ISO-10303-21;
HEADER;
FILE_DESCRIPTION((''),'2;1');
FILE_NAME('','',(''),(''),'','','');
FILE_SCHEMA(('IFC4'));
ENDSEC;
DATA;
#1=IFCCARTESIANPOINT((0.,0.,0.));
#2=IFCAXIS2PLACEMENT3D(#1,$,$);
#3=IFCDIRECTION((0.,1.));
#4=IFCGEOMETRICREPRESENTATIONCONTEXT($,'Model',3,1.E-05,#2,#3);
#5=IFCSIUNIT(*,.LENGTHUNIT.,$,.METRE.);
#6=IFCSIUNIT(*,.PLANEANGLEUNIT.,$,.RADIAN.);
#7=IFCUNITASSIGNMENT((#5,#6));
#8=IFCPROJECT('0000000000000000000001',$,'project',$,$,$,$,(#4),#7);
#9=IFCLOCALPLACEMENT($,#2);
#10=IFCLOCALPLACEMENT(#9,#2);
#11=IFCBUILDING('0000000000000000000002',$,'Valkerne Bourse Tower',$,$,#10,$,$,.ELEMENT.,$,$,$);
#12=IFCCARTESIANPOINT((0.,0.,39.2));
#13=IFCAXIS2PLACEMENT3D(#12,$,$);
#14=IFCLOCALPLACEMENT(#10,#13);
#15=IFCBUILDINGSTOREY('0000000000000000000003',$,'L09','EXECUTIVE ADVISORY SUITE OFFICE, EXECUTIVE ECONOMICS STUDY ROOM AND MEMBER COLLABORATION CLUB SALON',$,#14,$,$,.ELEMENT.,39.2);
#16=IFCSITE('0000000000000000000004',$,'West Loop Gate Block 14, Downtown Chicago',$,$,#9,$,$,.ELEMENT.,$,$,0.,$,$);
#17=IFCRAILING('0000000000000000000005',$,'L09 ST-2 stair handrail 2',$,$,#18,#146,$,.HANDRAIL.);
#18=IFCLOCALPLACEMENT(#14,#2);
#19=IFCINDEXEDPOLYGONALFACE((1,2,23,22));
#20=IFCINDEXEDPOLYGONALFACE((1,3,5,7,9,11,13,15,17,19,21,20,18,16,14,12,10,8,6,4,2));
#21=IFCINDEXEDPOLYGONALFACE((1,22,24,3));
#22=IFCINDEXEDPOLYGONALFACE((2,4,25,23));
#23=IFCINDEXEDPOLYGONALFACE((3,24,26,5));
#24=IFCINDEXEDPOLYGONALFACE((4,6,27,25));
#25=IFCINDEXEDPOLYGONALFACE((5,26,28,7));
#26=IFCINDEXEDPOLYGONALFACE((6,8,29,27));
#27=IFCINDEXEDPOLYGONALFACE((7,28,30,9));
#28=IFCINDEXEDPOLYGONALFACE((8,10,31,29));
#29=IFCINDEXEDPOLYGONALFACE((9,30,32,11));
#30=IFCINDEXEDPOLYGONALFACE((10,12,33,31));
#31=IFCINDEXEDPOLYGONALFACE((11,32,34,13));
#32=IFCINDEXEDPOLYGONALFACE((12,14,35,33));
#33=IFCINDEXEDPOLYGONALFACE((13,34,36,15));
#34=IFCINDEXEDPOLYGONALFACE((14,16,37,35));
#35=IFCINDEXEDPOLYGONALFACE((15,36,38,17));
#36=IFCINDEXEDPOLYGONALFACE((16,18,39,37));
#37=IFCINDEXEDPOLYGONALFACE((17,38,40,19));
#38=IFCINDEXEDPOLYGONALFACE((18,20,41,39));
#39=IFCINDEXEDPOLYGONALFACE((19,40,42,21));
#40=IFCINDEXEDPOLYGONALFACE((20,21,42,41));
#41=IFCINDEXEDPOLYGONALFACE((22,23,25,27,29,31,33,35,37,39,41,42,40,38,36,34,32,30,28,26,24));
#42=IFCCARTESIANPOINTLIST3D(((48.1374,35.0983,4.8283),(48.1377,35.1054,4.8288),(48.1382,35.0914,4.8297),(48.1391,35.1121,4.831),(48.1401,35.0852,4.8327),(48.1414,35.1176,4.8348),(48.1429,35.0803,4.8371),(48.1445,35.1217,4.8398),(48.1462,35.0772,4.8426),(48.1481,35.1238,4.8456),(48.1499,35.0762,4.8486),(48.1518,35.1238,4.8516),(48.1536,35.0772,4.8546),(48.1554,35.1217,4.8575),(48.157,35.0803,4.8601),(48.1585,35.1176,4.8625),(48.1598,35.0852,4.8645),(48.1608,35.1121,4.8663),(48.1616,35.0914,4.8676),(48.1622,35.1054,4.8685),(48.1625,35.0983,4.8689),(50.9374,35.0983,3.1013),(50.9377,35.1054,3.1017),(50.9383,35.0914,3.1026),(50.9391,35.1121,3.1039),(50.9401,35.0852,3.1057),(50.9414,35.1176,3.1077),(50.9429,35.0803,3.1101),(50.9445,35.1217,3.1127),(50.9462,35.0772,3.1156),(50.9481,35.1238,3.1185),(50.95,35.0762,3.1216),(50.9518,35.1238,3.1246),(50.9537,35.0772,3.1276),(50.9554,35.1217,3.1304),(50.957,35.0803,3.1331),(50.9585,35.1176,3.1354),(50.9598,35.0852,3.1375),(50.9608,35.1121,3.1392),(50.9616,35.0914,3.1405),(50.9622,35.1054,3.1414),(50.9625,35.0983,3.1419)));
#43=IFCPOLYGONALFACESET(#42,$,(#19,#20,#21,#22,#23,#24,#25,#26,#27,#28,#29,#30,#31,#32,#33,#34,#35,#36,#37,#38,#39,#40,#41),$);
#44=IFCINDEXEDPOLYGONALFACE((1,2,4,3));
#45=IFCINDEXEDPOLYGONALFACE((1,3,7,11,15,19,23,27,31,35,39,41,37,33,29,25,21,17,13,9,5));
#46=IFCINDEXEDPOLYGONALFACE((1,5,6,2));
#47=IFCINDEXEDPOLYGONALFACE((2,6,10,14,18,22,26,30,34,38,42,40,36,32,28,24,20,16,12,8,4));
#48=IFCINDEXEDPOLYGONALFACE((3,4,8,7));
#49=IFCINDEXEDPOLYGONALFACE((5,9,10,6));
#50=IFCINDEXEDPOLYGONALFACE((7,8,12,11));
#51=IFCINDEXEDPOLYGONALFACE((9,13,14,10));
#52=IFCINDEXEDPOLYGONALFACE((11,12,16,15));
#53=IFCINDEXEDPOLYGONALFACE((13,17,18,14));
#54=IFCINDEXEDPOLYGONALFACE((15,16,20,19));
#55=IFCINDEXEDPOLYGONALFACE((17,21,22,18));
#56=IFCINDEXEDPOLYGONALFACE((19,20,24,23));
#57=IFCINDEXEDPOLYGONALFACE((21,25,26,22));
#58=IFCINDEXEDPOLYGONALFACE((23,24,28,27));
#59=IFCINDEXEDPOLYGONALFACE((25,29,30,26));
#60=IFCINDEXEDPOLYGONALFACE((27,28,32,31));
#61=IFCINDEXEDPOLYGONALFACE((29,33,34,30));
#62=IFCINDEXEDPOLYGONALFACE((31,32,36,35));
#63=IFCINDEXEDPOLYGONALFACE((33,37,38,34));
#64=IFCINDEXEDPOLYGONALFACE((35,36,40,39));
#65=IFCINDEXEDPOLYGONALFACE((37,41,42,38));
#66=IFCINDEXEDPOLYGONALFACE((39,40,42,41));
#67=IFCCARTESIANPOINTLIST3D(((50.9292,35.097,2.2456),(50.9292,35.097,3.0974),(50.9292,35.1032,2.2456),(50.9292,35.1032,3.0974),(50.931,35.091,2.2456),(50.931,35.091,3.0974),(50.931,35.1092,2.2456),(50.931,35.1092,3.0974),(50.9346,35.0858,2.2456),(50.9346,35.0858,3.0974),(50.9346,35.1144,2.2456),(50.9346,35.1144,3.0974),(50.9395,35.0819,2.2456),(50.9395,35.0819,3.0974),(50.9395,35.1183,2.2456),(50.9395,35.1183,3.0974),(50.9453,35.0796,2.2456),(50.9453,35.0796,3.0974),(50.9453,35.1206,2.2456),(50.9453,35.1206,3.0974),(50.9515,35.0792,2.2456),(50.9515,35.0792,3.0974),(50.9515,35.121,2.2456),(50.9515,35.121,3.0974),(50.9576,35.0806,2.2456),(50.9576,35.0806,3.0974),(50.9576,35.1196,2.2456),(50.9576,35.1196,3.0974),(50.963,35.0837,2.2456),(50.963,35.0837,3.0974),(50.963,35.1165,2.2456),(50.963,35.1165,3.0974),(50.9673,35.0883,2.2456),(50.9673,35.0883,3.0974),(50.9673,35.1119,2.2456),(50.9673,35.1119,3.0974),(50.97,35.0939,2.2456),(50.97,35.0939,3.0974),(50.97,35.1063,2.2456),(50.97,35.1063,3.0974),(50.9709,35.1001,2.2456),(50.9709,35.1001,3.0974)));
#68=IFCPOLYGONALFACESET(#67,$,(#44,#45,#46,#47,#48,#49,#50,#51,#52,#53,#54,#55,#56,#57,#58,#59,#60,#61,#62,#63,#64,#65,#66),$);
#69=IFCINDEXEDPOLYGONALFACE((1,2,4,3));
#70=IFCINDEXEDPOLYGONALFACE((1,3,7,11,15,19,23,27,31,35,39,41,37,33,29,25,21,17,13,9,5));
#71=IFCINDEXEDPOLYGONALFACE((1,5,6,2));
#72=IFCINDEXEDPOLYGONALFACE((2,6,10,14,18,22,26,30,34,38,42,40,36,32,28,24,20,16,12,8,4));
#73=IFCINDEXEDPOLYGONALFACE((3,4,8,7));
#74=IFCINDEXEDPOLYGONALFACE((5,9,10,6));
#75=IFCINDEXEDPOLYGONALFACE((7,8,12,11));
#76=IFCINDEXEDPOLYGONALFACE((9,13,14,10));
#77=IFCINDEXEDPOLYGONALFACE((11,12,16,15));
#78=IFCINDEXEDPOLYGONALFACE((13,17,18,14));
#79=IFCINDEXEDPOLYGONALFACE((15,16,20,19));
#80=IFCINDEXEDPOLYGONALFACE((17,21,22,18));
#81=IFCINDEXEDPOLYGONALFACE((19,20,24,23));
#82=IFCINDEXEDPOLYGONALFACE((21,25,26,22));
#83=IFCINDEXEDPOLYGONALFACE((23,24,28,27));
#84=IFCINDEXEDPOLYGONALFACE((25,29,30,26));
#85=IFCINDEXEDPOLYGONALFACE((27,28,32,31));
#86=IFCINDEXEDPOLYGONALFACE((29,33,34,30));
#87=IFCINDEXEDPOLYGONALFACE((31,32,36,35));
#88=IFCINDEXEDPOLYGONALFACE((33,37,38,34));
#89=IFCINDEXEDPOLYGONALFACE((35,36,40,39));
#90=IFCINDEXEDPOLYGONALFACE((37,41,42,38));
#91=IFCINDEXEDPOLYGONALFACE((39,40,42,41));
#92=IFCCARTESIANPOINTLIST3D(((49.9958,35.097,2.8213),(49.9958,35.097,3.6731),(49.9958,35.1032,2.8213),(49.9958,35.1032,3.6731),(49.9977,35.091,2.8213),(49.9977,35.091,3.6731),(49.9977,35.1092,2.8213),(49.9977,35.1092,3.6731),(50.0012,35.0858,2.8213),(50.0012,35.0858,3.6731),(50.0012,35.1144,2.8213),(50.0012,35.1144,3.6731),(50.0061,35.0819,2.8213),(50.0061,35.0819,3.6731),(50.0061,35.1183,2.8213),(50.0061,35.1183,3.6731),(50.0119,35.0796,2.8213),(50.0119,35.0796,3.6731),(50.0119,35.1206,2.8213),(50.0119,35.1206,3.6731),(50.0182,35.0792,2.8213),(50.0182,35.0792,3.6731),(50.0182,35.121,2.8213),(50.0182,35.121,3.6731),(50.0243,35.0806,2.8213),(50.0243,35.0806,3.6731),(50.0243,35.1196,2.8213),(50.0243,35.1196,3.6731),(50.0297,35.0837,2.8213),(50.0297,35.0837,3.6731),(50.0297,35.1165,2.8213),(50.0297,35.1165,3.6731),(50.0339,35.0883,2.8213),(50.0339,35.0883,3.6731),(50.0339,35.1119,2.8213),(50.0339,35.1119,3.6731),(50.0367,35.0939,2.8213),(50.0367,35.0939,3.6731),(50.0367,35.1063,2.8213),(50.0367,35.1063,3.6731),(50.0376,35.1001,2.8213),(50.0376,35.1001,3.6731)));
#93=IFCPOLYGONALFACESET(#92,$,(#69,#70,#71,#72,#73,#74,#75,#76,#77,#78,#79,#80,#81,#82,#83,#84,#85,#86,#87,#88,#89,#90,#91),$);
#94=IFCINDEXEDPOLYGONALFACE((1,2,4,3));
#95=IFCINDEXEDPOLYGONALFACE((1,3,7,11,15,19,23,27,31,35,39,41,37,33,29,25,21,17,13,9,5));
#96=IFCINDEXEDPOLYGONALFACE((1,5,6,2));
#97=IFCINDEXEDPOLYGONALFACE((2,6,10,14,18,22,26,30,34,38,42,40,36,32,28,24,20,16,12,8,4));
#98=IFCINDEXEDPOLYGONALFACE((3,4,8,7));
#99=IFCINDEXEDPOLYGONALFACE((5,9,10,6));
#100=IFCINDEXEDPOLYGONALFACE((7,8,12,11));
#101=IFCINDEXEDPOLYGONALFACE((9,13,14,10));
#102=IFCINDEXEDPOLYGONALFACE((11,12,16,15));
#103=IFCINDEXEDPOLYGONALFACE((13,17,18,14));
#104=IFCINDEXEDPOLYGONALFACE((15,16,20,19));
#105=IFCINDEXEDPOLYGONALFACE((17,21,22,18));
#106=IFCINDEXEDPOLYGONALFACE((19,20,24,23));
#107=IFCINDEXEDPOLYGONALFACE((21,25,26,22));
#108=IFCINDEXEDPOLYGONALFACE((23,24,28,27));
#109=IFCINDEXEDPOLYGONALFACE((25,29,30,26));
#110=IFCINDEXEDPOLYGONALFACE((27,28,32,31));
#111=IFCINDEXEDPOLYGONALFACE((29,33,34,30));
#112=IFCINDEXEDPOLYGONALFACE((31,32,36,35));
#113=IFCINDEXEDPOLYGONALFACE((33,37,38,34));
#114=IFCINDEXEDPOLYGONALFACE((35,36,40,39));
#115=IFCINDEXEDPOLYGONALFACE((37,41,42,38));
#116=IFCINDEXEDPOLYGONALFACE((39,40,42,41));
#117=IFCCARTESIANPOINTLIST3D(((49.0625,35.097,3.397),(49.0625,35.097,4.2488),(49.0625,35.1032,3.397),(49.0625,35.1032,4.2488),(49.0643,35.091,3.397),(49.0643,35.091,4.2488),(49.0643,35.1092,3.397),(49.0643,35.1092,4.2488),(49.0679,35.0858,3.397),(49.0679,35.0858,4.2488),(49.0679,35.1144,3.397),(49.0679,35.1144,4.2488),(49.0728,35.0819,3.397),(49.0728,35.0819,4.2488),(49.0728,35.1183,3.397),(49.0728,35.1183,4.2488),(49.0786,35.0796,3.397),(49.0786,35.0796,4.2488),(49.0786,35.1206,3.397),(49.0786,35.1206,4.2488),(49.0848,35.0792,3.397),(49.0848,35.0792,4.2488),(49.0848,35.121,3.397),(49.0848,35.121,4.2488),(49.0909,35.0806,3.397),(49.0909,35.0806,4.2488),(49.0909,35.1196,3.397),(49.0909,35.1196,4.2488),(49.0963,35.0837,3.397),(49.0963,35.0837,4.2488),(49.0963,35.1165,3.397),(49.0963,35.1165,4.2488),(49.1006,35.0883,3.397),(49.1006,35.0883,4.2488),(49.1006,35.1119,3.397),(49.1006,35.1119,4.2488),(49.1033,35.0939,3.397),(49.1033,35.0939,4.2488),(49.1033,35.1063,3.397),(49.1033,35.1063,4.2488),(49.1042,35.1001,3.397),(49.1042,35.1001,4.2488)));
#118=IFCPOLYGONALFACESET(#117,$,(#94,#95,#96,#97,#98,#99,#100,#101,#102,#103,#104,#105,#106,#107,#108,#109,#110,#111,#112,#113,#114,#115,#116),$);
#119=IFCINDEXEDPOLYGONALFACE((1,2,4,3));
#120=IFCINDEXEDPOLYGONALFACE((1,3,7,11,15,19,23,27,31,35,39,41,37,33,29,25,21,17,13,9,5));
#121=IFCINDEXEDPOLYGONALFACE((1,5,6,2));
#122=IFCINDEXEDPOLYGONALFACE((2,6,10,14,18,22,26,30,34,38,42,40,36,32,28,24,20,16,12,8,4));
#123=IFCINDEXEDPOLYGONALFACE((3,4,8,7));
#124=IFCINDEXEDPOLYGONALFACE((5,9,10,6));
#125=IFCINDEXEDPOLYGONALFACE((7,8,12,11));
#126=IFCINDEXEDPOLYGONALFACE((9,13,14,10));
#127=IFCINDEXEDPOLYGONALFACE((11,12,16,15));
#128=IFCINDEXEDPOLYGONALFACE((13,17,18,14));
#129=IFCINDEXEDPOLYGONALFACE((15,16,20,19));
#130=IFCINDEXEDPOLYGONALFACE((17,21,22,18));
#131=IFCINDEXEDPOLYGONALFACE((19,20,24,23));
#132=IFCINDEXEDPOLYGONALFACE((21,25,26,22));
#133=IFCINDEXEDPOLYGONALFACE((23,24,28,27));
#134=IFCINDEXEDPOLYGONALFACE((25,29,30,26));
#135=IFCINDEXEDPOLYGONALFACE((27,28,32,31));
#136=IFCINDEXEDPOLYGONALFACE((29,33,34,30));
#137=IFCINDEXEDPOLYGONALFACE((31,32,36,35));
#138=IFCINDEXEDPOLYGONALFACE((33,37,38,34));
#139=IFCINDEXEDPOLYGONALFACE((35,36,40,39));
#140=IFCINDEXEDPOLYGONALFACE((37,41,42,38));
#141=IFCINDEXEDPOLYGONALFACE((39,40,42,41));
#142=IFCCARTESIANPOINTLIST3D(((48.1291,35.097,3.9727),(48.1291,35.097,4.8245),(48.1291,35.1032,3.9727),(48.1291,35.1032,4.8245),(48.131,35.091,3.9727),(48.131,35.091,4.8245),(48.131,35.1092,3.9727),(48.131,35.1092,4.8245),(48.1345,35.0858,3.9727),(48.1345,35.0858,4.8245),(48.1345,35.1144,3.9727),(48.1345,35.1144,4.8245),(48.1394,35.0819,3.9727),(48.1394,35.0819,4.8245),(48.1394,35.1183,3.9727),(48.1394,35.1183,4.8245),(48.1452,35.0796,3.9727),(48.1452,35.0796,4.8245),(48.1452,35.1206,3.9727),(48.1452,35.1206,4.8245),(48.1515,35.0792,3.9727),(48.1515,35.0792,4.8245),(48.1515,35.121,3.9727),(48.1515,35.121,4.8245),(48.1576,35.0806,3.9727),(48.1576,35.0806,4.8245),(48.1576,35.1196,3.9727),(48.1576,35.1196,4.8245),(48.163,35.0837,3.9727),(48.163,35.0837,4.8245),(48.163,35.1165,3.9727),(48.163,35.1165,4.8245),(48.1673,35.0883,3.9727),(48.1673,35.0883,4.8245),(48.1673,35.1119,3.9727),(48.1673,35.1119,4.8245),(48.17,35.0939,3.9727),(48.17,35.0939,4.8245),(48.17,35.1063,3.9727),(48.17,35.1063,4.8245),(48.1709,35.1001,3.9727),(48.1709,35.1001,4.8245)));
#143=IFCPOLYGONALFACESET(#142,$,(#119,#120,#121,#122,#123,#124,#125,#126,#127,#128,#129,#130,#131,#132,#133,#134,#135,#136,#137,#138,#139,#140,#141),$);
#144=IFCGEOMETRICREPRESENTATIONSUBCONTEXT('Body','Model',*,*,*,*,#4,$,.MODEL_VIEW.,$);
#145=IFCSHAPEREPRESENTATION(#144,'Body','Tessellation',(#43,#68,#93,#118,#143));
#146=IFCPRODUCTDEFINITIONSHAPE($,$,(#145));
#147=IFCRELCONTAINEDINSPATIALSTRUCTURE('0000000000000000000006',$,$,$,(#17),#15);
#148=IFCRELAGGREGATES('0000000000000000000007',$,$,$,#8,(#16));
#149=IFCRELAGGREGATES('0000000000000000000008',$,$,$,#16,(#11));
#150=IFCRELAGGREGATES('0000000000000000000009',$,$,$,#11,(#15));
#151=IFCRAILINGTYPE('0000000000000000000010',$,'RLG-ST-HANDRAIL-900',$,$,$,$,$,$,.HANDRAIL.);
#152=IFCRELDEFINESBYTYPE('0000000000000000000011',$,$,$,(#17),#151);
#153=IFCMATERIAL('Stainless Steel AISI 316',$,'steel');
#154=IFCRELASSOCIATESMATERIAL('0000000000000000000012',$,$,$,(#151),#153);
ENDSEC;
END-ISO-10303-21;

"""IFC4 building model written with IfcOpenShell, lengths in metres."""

from ifc_helpers import new_model, si_unit, direction, frame, origin, origin_2d, place, context, subcontext, project, spatial, circle, extrude, material, type_object, element, save


model = new_model("IFC4")

# Units and contexts
model_context = context("Model", 3, precision=1e-05, world=origin(), true_north=direction((0.0, 1.0)))
body_context = subcontext(model_context, "Body", "Model", "MODEL_VIEW")
ifc_project = project(units=[si_unit("LENGTHUNIT", "METRE"), si_unit("PLANEANGLEUNIT", "RADIAN")], contexts=[model_context])

# Site, building, storey
site_placement = place(None, origin())
site = spatial("IfcSite", under=ifc_project, at=site_placement, Name="West Loop Gate Block 14, Downtown Chicago", CompositionType="ELEMENT", RefElevation=0.0)
building_placement = place(site_placement, origin())
building = spatial("IfcBuilding", under=site, at=building_placement, Name="Valkerne Bourse Tower", CompositionType="ELEMENT")
storey_placement = place(building_placement, frame((0.0, 0.0, 39.2)))
storey = spatial("IfcBuildingStorey", under=building, at=storey_placement, Name="L09", Description="EXECUTIVE ADVISORY SUITE OFFICE, EXECUTIVE ECONOMICS STUDY ROOM AND MEMBER COLLABORATION CLUB SALON", CompositionType="ELEMENT", Elevation=39.2)

# Railing
ifc_material_1 = material(Name="Stainless Steel AISI 316", Category="steel")
railing_type_1 = type_object("IfcRailingType", Name="RLG-ST-HANDRAIL-900", PredefinedType="HANDRAIL", material=ifc_material_1)
railing_1_placement = place(storey_placement, frame((50.95, 35.1001, 2.2456)))
element("IfcRailing", 1, at=railing_1_placement, inside=storey, type_object=railing_type_1, Name="L09 ST-2 stair handrail 2", PredefinedType="HANDRAIL", context=body_context, shape_type="SweptSolid", body=[
    extrude(circle(Radius=0.0239, at=origin_2d()), frame((0.0, 0.0, 0.876), z_axis=(-0.851123, 0.0, 0.524967), x_axis=(0.0, -1.0, 0.0)), (0.0, 0.0, 1.0), 3.2898),
    extrude(circle(Radius=0.021, at=origin_2d()), origin(), (0.0, 0.0, 1.0), 0.8518),
    extrude(circle(Radius=0.021, at=origin_2d()), frame((-0.9333, 0.0, 0.5757)), (0.0, 0.0, 1.0), 0.8518),
    extrude(circle(Radius=0.021, at=origin_2d()), frame((-1.8667, 0.0, 1.1514)), (0.0, 0.0, 1.0), 0.8518),
    extrude(circle(Radius=0.021, at=origin_2d()), frame((-2.8, 0.0, 1.7271)), (0.0, 0.0, 1.0), 0.8518),
])

save(model, "model.ifc")
